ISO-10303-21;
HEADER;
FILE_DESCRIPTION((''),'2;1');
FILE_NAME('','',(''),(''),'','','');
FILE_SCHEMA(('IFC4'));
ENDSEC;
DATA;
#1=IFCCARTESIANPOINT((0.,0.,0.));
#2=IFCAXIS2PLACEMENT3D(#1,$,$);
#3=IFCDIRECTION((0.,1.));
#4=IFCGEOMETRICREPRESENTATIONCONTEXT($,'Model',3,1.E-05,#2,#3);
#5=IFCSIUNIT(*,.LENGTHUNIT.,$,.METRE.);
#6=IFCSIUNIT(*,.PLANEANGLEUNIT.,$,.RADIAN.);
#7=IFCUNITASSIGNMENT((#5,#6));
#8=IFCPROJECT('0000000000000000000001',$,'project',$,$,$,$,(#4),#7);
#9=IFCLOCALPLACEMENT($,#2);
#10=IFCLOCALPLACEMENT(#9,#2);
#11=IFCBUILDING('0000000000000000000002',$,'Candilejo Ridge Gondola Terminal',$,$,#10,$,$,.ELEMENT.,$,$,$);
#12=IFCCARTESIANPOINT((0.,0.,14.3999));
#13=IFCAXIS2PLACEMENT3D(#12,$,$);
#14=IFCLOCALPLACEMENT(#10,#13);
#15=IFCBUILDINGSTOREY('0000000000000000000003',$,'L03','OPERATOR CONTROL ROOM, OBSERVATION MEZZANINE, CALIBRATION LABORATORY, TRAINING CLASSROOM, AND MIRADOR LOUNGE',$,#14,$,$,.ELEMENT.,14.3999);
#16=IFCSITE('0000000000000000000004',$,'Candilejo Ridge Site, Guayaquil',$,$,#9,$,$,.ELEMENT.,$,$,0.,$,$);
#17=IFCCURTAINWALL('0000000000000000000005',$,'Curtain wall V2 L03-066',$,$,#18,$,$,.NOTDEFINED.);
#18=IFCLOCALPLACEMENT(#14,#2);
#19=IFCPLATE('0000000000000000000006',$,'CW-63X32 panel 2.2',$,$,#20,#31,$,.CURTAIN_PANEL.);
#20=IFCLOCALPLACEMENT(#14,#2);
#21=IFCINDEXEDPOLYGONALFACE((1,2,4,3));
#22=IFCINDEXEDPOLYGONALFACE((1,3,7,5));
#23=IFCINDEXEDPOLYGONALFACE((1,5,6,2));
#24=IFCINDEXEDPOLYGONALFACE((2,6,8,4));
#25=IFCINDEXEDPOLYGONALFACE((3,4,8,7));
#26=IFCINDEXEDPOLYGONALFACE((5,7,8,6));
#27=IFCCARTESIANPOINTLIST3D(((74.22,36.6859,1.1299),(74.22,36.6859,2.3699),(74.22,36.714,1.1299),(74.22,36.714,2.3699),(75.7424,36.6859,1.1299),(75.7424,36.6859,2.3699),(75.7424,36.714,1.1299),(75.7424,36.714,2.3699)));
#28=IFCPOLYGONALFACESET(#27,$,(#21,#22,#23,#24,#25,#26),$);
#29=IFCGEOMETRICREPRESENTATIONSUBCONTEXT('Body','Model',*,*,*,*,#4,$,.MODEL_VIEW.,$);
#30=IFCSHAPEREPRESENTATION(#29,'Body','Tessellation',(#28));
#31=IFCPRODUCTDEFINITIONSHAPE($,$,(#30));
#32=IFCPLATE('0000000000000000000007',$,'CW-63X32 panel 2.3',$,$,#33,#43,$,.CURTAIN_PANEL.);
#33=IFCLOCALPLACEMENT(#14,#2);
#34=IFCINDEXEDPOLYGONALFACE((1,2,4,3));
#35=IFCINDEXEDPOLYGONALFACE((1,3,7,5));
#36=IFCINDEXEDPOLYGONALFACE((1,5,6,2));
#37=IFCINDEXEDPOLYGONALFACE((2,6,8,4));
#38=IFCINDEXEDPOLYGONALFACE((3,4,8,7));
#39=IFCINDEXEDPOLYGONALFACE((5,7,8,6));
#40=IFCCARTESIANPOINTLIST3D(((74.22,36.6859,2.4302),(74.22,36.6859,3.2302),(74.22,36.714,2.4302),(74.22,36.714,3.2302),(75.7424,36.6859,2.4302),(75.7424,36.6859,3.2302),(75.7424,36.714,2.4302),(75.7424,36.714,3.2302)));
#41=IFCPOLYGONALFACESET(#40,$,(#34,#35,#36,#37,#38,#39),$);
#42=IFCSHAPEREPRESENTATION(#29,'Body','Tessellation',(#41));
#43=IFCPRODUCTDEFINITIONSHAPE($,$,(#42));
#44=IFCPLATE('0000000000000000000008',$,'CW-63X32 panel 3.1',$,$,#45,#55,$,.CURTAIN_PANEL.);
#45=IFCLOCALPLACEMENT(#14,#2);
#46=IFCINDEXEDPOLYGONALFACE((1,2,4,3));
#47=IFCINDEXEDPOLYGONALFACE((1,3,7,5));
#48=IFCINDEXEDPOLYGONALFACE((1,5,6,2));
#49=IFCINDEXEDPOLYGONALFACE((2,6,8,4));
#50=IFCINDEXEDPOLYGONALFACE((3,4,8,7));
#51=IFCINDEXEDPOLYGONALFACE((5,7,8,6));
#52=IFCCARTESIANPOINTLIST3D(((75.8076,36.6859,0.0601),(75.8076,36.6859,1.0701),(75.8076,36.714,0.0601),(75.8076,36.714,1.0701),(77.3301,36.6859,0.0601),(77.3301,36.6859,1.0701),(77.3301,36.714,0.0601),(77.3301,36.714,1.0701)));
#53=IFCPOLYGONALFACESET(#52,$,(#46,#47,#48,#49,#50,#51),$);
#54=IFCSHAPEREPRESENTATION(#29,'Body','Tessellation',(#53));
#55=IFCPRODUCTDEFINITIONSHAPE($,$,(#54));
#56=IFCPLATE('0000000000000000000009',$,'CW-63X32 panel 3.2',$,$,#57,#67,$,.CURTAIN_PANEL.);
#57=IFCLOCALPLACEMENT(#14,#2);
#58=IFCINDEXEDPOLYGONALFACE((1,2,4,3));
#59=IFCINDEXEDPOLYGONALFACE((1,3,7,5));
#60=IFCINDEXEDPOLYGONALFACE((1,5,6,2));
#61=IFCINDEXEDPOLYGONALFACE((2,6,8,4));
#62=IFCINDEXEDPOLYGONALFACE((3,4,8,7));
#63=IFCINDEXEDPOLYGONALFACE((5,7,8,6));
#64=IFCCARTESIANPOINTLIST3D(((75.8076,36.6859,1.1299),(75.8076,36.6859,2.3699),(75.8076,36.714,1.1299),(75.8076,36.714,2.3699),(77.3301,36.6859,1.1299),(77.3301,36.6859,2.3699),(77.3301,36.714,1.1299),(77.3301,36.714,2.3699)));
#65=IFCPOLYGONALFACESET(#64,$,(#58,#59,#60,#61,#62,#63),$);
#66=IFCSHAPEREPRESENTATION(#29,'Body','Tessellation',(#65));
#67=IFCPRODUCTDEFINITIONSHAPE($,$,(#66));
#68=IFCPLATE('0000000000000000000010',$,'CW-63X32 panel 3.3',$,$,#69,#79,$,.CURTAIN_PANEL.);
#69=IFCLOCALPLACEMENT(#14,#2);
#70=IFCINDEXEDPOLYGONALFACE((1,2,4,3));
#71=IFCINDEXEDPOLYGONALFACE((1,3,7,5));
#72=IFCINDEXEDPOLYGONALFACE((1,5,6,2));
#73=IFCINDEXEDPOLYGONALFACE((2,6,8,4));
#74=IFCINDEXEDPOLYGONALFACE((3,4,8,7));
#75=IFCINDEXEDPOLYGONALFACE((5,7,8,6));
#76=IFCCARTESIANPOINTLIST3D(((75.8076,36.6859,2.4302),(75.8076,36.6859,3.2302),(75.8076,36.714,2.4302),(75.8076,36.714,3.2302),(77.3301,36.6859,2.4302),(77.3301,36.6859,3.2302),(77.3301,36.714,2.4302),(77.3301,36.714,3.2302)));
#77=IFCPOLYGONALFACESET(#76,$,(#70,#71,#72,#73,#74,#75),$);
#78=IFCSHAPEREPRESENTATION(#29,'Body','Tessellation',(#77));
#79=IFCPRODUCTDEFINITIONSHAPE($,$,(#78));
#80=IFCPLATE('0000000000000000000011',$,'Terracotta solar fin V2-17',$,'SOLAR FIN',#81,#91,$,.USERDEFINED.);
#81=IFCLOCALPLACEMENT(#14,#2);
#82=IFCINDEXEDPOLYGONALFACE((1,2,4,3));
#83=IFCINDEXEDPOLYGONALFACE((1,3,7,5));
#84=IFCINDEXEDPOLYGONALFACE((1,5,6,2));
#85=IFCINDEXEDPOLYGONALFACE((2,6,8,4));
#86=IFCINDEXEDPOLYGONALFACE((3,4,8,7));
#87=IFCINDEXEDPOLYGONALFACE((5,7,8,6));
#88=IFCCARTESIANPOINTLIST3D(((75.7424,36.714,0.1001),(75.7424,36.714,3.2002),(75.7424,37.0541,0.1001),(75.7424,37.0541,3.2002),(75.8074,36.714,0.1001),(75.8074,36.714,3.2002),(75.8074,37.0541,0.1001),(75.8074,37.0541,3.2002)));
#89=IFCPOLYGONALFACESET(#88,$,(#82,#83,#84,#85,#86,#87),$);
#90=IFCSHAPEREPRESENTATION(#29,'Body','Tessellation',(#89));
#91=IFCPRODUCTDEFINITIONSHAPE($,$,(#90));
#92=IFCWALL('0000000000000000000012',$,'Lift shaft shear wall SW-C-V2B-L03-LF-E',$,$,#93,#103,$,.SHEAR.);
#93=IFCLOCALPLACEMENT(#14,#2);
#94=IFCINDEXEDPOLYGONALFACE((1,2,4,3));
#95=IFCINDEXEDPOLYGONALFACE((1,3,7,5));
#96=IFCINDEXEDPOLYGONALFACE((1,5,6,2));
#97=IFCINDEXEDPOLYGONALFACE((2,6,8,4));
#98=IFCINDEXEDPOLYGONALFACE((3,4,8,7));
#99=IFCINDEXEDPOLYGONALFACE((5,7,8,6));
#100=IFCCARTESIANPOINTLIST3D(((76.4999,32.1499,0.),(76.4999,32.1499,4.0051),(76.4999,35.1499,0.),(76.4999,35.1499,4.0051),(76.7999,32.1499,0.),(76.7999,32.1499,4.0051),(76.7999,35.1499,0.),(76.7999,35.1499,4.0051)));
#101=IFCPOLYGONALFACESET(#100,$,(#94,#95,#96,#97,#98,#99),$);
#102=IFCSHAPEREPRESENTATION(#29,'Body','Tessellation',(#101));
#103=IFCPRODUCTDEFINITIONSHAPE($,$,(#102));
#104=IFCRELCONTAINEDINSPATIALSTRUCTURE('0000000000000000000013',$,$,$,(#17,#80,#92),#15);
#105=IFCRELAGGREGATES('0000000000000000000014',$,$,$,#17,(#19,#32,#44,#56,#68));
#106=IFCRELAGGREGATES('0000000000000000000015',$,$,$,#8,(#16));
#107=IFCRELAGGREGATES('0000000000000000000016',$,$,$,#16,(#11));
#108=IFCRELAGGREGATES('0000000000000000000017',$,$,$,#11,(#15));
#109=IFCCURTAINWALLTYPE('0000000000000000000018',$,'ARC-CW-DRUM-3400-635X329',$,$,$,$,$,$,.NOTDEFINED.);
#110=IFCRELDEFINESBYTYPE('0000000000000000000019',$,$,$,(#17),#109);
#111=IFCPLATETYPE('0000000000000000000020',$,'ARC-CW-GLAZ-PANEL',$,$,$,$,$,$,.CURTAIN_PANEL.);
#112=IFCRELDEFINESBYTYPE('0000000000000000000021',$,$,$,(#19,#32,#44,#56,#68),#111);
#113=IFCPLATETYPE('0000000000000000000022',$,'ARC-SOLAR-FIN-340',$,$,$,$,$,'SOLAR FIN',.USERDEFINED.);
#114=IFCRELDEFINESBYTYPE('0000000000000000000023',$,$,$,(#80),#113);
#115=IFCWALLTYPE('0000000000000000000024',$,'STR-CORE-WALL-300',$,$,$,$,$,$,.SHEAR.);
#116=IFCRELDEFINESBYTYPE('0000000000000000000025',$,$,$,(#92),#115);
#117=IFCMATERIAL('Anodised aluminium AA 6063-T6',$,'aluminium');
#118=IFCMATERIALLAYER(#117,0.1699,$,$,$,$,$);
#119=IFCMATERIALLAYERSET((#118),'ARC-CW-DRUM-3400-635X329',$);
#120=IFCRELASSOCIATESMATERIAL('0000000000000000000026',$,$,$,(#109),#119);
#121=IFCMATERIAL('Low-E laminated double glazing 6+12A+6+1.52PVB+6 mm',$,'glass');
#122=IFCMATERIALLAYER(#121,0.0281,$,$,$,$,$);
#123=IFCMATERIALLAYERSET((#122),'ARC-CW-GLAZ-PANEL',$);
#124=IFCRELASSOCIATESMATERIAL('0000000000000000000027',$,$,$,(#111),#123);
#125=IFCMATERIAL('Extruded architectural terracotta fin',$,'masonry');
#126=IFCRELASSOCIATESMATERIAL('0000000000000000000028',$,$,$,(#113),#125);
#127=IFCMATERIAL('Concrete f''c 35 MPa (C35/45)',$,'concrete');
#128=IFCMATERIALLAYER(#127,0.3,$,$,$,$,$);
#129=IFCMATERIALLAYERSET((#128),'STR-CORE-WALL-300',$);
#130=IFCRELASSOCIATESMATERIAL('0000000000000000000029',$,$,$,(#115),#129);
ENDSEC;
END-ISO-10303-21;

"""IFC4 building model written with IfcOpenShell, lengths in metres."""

from ifc_helpers import new_model, si_unit, direction, frame, frame_2d, origin, origin_2d, place, context, subcontext, project, spatial, rectangle, extrude, material, layer, layer_set, type_object, element, aggregate, save


model = new_model("IFC4")

# Units and contexts
model_context = context("Model", 3, precision=1e-05, world=origin(), true_north=direction((0.0, 1.0)))
body_context = subcontext(model_context, "Body", "Model", "MODEL_VIEW")
ifc_project = project(units=[si_unit("LENGTHUNIT", "METRE"), si_unit("PLANEANGLEUNIT", "RADIAN")], contexts=[model_context])

# Site, building, storey
site_placement = place(None, origin())
site = spatial("IfcSite", under=ifc_project, at=site_placement, Name="Candilejo Ridge Site, Guayaquil", CompositionType="ELEMENT", RefElevation=0.0)
building_placement = place(site_placement, origin())
building = spatial("IfcBuilding", under=site, at=building_placement, Name="Candilejo Ridge Gondola Terminal", CompositionType="ELEMENT")
storey_placement = place(building_placement, frame((0.0, 0.0, 14.3999)))
storey = spatial("IfcBuildingStorey", under=building, at=storey_placement, Name="L03", Description="OPERATOR CONTROL ROOM, OBSERVATION MEZZANINE, CALIBRATION LABORATORY, TRAINING CLASSROOM, AND MIRADOR LOUNGE", CompositionType="ELEMENT", Elevation=14.3999)

# Curtain wall, plates
ifc_material_1 = material(Name="Anodised aluminium AA 6063-T6", Category="aluminium")
ifc_layer_1 = layer(ifc_material_1, 0.1699)
ifc_layer_set_1 = layer_set([ifc_layer_1], Name="ARC-CW-DRUM-3400-635X329")
curtain_wall_type = type_object("IfcCurtainWallType", Name="ARC-CW-DRUM-3400-635X329", PredefinedType="NOTDEFINED", material=ifc_layer_set_1)
curtain_wall_placement = place(storey_placement, origin())
curtain_wall = element("IfcCurtainWall", 1, at=curtain_wall_placement, inside=storey, type_object=curtain_wall_type, Name="Curtain wall V2 L03-066", PredefinedType="NOTDEFINED")
ifc_material_2 = material(Name="Low-E laminated double glazing 6+12A+6+1.52PVB+6 mm", Category="glass")
ifc_layer_2 = layer(ifc_material_2, 0.0281)
ifc_layer_set_2 = layer_set([ifc_layer_2], Name="ARC-CW-GLAZ-PANEL")
plate_type_1 = type_object("IfcPlateType", Name="ARC-CW-GLAZ-PANEL", PredefinedType="CURTAIN_PANEL", material=ifc_layer_set_2)
plate_1_placement = place(storey_placement, frame((74.9812, 36.7, 1.1299), z_axis=(0.0, 0.0, 1.0), x_axis=(1.0, 0.0, 0.0)))
plate_1 = element("IfcPlate", 2, at=plate_1_placement, type_object=plate_type_1, Name="CW-63X32 panel 2.2", PredefinedType="CURTAIN_PANEL", context=body_context, shape_type="SweptSolid", body=[
    extrude(rectangle(XDim=1.5225, YDim=0.0281, at=origin_2d()), origin(), (0.0, 0.0, 1.0), 1.24),
])
plate_2_placement = place(storey_placement, frame((74.9812, 36.7, 2.4302), z_axis=(0.0, 0.0, 1.0), x_axis=(1.0, 0.0, 0.0)))
plate_2 = element("IfcPlate", 3, at=plate_2_placement, type_object=plate_type_1, Name="CW-63X32 panel 2.3", PredefinedType="CURTAIN_PANEL", context=body_context, shape_type="SweptSolid", body=[
    extrude(rectangle(XDim=1.5225, YDim=0.0281, at=origin_2d()), origin(), (0.0, 0.0, 1.0), 0.8),
])
plate_3_placement = place(storey_placement, frame((76.5688, 36.7, 0.0601), z_axis=(0.0, 0.0, 1.0), x_axis=(1.0, 0.0, 0.0)))
plate_3 = element("IfcPlate", 4, at=plate_3_placement, type_object=plate_type_1, Name="CW-63X32 panel 3.1", PredefinedType="CURTAIN_PANEL", context=body_context, shape_type="SweptSolid", body=[
    extrude(rectangle(XDim=1.5225, YDim=0.0281, at=origin_2d()), origin(), (0.0, 0.0, 1.0), 1.01),
])
plate_4_placement = place(storey_placement, frame((76.5688, 36.7, 1.1299), z_axis=(0.0, 0.0, 1.0), x_axis=(1.0, 0.0, 0.0)))
plate_4 = element("IfcPlate", 5, at=plate_4_placement, type_object=plate_type_1, Name="CW-63X32 panel 3.2", PredefinedType="CURTAIN_PANEL", context=body_context, shape_type="SweptSolid", body=[
    extrude(rectangle(XDim=1.5225, YDim=0.0281, at=origin_2d()), origin(), (0.0, 0.0, 1.0), 1.24),
])
plate_5_placement = place(storey_placement, frame((76.5688, 36.7, 2.4302), z_axis=(0.0, 0.0, 1.0), x_axis=(1.0, 0.0, 0.0)))
plate_5 = element("IfcPlate", 6, at=plate_5_placement, type_object=plate_type_1, Name="CW-63X32 panel 3.3", PredefinedType="CURTAIN_PANEL", context=body_context, shape_type="SweptSolid", body=[
    extrude(rectangle(XDim=1.5225, YDim=0.0281, at=origin_2d()), origin(), (0.0, 0.0, 1.0), 0.8),
])
aggregate(curtain_wall, [plate_1, plate_2, plate_3, plate_4, plate_5])

# Plate
ifc_material_3 = material(Name="Extruded architectural terracotta fin", Category="masonry")
plate_type_2 = type_object("IfcPlateType", Name="ARC-SOLAR-FIN-340", ElementType="SOLAR FIN", PredefinedType="USERDEFINED", material=ifc_material_3)
plate_6_placement = place(storey_placement, frame((75.7749, 36.884, 0.1001), z_axis=(0.0, 0.0, 1.0), x_axis=(1.0, 0.0, 0.0)))
element("IfcPlate", 7, at=plate_6_placement, inside=storey, type_object=plate_type_2, Name="Terracotta solar fin V2-17", ObjectType="SOLAR FIN", PredefinedType="USERDEFINED", context=body_context, shape_type="SweptSolid", body=[
    extrude(rectangle(XDim=0.0649, YDim=0.3401, at=origin_2d()), origin(), (0.0, 0.0, 1.0), 3.1001),
])

# Wall
ifc_material_4 = material(Name="Concrete f'c 35 MPa (C35/45)", Category="concrete")
ifc_layer_3 = layer(ifc_material_4, 0.3)
ifc_layer_set_3 = layer_set([ifc_layer_3], Name="STR-CORE-WALL-300")
wall_type = type_object("IfcWallType", Name="STR-CORE-WALL-300", PredefinedType="SHEAR", material=ifc_layer_set_3)
wall_placement = place(storey_placement, frame((76.6499, 32.1499, 0.0), z_axis=(0.0, 0.0, 1.0), x_axis=(0.0, 1.0, 0.0)))
element("IfcWall", 8, at=wall_placement, inside=storey, type_object=wall_type, Name="Lift shaft shear wall SW-C-V2B-L03-LF-E", PredefinedType="SHEAR", context=body_context, shape_type="SweptSolid", body=[
    extrude(rectangle(XDim=3.0, YDim=0.3, at=frame_2d((1.5, 0.0))), origin(), (0.0, 0.0, 1.0), 4.0051),
])

save(model, "model.ifc")
